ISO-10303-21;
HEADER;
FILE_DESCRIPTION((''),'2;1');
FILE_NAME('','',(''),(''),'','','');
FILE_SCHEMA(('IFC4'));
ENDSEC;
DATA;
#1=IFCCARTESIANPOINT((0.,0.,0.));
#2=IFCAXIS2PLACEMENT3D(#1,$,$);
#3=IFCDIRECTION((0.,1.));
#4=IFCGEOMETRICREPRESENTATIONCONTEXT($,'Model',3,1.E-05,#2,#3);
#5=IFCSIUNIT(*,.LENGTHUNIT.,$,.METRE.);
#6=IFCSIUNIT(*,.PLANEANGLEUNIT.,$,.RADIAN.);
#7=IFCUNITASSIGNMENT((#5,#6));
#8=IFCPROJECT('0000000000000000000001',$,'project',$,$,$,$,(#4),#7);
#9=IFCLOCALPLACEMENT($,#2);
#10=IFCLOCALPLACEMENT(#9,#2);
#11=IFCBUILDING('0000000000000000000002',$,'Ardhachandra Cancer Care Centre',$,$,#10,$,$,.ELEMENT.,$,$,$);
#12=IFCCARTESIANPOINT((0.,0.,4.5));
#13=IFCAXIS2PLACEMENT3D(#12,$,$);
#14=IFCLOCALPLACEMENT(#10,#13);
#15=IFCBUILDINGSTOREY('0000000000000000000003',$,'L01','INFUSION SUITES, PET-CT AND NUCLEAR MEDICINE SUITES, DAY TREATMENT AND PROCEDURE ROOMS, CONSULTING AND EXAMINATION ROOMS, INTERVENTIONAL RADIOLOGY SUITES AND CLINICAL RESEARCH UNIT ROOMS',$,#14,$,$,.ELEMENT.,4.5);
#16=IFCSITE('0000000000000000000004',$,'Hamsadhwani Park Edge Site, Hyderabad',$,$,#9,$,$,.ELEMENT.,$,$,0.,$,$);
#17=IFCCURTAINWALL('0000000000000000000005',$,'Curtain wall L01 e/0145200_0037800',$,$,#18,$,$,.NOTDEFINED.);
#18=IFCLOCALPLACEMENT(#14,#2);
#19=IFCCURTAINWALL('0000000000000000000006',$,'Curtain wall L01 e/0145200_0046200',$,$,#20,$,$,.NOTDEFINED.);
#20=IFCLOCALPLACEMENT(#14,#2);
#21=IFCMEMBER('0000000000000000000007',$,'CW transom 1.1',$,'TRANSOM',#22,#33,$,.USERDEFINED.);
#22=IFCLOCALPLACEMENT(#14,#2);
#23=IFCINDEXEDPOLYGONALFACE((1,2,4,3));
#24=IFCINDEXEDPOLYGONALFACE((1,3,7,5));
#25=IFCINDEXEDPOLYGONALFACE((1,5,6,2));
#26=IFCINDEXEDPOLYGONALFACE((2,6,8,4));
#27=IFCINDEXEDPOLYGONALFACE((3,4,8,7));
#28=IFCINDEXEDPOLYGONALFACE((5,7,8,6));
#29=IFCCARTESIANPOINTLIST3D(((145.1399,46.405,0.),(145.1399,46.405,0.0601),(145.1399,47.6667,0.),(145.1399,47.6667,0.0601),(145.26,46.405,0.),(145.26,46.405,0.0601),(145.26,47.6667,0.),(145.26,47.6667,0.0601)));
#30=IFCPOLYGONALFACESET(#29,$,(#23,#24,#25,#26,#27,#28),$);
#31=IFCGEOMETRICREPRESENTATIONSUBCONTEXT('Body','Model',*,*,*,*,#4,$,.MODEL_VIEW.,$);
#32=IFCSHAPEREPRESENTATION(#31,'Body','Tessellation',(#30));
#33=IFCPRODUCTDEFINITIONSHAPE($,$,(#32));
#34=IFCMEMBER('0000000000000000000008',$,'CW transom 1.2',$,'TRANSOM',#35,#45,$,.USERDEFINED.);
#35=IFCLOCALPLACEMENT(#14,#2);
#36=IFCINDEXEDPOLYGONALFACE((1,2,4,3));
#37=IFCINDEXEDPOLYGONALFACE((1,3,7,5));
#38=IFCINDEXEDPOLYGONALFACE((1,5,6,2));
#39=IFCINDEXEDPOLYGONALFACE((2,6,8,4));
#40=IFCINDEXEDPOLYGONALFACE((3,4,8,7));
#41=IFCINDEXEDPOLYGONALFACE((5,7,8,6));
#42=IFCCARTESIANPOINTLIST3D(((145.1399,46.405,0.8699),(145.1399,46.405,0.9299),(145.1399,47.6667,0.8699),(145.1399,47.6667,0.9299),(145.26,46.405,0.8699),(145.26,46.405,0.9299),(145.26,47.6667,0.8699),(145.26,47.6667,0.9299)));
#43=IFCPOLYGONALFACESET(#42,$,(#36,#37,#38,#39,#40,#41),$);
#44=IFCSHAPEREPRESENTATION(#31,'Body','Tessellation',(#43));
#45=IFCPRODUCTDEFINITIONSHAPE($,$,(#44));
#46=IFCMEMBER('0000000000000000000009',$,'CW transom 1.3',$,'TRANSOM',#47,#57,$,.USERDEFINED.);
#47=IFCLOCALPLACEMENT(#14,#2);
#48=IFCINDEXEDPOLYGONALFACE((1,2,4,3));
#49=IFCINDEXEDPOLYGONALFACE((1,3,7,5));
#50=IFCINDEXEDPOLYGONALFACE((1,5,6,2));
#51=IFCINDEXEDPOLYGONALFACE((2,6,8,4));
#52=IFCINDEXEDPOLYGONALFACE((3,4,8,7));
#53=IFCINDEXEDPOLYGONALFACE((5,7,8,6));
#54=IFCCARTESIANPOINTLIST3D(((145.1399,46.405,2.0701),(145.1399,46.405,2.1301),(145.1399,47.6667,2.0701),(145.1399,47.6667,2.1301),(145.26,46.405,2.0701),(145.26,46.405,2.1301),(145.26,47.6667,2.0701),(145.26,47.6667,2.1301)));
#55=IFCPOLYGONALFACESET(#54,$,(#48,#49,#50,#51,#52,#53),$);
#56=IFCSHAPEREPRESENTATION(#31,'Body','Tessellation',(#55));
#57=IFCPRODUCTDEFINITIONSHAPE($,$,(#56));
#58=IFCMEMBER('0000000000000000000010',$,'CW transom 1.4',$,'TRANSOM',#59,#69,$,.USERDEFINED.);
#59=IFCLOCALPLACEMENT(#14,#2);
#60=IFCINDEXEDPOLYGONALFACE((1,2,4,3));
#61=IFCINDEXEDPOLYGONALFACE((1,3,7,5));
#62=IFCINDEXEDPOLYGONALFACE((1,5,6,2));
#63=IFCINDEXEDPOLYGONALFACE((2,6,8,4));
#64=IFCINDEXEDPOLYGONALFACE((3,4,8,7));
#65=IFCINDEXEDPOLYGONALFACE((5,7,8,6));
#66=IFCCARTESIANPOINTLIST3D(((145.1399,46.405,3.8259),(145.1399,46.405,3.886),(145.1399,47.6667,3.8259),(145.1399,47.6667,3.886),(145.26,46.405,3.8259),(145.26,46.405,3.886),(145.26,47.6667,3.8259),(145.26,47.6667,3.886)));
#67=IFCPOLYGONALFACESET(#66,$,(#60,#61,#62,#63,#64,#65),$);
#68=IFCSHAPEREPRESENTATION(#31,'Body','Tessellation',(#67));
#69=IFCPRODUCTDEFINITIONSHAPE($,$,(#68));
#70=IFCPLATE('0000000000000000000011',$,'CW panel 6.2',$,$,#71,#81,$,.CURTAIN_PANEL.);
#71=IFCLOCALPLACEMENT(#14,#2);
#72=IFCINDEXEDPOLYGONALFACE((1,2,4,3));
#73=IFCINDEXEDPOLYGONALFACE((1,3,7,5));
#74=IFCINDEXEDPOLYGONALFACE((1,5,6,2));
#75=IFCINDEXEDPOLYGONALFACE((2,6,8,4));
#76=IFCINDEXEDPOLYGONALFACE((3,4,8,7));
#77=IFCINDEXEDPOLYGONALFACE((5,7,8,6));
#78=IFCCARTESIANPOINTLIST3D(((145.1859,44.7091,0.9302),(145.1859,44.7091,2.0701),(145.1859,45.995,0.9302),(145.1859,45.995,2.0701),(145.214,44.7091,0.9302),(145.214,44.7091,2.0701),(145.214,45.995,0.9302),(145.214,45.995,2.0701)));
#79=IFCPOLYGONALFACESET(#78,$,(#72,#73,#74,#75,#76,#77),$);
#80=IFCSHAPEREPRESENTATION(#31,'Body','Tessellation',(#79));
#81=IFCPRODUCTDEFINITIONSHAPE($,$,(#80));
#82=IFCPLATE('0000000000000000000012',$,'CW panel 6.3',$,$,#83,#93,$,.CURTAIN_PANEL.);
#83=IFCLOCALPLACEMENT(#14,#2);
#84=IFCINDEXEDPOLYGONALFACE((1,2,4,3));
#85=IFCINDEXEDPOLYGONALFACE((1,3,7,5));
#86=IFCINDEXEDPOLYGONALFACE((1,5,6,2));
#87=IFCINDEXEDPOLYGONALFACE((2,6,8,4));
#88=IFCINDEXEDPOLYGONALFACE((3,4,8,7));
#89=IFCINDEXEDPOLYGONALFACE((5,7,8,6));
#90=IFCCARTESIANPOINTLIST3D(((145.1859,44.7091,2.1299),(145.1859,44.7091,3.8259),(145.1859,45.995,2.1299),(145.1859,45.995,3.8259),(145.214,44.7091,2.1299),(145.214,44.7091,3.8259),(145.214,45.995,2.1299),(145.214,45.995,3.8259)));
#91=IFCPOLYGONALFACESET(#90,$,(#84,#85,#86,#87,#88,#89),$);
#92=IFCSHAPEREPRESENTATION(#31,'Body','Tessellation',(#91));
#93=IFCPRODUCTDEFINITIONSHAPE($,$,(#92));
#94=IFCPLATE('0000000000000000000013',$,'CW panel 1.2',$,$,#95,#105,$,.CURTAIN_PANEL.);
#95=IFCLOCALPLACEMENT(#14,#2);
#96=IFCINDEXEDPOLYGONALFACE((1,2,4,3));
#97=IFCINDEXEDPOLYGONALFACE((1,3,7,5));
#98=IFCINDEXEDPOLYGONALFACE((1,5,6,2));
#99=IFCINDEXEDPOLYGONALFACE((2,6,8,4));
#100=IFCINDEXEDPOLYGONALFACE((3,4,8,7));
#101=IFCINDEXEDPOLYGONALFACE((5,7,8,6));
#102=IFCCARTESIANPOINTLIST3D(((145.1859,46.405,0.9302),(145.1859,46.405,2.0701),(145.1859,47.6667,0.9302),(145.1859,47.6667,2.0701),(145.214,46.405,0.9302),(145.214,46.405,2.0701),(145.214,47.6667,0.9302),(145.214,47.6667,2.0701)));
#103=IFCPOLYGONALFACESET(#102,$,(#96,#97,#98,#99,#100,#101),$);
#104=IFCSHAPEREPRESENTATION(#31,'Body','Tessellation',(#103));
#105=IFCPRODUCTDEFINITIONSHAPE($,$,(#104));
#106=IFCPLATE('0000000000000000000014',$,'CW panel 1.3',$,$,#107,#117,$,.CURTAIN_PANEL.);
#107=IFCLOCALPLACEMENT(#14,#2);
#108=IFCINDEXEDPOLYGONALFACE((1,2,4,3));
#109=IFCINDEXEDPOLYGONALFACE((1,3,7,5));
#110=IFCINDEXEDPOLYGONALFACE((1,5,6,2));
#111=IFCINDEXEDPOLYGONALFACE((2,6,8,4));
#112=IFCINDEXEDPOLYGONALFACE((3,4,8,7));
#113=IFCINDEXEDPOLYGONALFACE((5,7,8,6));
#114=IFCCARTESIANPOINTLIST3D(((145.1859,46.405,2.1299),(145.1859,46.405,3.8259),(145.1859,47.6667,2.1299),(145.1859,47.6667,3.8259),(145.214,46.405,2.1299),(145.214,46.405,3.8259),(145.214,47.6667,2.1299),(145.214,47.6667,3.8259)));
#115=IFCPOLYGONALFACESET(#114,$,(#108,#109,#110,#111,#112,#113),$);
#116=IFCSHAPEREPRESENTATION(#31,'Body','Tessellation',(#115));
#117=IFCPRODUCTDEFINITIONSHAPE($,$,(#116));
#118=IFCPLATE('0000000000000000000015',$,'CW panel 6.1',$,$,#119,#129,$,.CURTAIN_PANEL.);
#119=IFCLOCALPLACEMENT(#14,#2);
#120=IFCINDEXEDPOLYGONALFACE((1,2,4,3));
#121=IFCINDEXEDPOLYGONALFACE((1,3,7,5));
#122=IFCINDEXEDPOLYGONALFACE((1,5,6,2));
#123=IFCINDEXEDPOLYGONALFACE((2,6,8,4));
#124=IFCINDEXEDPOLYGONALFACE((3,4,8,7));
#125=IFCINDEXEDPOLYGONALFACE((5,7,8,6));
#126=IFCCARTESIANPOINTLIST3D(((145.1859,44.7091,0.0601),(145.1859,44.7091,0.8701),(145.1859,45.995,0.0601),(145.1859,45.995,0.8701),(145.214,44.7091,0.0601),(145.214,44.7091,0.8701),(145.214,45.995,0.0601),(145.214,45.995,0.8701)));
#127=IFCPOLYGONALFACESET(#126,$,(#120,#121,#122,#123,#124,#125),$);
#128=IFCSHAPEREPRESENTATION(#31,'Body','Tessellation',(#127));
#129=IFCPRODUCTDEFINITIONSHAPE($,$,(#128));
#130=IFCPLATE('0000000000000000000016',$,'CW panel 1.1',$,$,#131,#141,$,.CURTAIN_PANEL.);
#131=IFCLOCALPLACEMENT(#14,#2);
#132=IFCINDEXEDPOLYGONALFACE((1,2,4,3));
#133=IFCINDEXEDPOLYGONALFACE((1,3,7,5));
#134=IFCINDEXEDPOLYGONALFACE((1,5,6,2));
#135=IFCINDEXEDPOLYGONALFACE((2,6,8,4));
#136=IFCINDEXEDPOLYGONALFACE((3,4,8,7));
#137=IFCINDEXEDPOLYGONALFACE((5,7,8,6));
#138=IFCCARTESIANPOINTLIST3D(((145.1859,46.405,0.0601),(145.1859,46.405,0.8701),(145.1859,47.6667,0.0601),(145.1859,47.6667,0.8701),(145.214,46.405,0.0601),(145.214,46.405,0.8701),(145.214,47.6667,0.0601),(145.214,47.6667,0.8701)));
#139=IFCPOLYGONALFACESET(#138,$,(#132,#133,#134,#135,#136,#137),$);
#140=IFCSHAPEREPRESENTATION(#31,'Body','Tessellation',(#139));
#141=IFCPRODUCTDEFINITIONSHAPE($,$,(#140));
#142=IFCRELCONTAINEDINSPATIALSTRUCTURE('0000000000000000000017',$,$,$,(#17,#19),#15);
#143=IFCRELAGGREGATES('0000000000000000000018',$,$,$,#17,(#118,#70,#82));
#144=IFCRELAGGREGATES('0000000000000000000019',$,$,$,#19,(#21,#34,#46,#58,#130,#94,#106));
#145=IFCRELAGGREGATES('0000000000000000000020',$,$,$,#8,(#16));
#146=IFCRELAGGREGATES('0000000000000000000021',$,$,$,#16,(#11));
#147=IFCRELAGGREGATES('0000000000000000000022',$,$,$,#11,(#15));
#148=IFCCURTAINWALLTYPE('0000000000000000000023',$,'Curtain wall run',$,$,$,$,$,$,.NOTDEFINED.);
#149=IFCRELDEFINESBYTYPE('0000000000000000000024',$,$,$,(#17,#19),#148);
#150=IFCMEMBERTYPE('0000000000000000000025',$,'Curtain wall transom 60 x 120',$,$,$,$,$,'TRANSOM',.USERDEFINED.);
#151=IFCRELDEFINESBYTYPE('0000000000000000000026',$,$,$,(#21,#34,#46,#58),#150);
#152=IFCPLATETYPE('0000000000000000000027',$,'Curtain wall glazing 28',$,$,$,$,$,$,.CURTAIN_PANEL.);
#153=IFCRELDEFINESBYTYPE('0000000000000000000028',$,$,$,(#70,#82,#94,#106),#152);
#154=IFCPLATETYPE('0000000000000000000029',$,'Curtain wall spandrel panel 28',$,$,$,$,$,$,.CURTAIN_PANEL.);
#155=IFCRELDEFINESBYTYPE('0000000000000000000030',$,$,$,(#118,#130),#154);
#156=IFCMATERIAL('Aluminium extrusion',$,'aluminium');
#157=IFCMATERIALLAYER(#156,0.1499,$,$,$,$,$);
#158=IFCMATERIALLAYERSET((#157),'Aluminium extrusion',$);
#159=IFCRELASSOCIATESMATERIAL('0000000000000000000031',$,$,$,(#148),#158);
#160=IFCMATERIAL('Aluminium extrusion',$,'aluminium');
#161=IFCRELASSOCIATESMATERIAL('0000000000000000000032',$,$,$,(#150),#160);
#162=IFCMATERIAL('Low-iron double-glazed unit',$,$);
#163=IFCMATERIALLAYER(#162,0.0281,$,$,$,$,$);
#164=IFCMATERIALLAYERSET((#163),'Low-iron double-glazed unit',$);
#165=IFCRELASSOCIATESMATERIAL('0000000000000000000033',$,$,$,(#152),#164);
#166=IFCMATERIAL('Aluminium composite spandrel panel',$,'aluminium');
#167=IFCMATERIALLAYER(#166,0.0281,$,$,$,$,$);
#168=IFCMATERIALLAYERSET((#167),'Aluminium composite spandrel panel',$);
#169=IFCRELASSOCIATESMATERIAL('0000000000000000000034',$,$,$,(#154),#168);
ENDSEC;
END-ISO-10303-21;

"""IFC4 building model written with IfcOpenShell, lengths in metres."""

from ifc_helpers import new_model, si_unit, direction, frame, origin, origin_2d, place, context, subcontext, project, spatial, rectangle, extrude, material, layer, layer_set, material_profile, profile_set, type_object, element, aggregate, save


model = new_model("IFC4")

# Units and contexts
model_context = context("Model", 3, precision=1e-05, world=origin(), true_north=direction((0.0, 1.0)))
body_context = subcontext(model_context, "Body", "Model", "MODEL_VIEW")
ifc_project = project(units=[si_unit("LENGTHUNIT", "METRE"), si_unit("PLANEANGLEUNIT", "RADIAN")], contexts=[model_context])

# Site, building, storey
site_placement = place(None, origin())
site = spatial("IfcSite", under=ifc_project, at=site_placement, Name="Hamsadhwani Park Edge Site, Hyderabad", CompositionType="ELEMENT", RefElevation=0.0)
building_placement = place(site_placement, origin())
building = spatial("IfcBuilding", under=site, at=building_placement, Name="Ardhachandra Cancer Care Centre", CompositionType="ELEMENT")
storey_placement = place(building_placement, frame((0.0, 0.0, 4.5)))
storey = spatial("IfcBuildingStorey", under=building, at=storey_placement, Name="L01", Description="INFUSION SUITES, PET-CT AND NUCLEAR MEDICINE SUITES, DAY TREATMENT AND PROCEDURE ROOMS, CONSULTING AND EXAMINATION ROOMS, INTERVENTIONAL RADIOLOGY SUITES AND CLINICAL RESEARCH UNIT ROOMS", CompositionType="ELEMENT", Elevation=4.5)

# Curtain wall
ifc_material_1 = material(Name="Aluminium extrusion", Category="aluminium")
ifc_layer_1 = layer(ifc_material_1, 0.1499)
ifc_layer_set_1 = layer_set([ifc_layer_1], Name="Aluminium extrusion")
curtain_wall_type = type_object("IfcCurtainWallType", Name="Curtain wall run", PredefinedType="NOTDEFINED", material=ifc_layer_set_1)
curtain_wall_1_placement = place(storey_placement, origin())
curtain_wall_1 = element("IfcCurtainWall", 1, at=curtain_wall_1_placement, inside=storey, type_object=curtain_wall_type, Name="Curtain wall L01 e/0145200_0037800", PredefinedType="NOTDEFINED")

# Curtain wall
curtain_wall_2_placement = place(storey_placement, origin())
curtain_wall_2 = element("IfcCurtainWall", 2, at=curtain_wall_2_placement, inside=storey, type_object=curtain_wall_type, Name="Curtain wall L01 e/0145200_0046200", PredefinedType="NOTDEFINED")

# Members
ifc_material_2 = material(Name="Aluminium extrusion", Category="aluminium")
ifc_material_profile_1 = material_profile(ifc_material_2, rectangle(XDim=0.1201, YDim=0.0601, at=origin_2d()), Name="Curtain wall transom 60 x 120")
ifc_profile_set_1 = profile_set([ifc_material_profile_1], Name="Aluminium extrusion")
member_type_1 = type_object("IfcMemberType", Name="Curtain wall transom 60 x 120", ElementType="TRANSOM", PredefinedType="USERDEFINED", material=ifc_profile_set_1)
member_1_placement = place(storey_placement, frame((145.2, 46.405, 0.03), z_axis=(0.0, 1.0, 0.0), x_axis=(-1.0, 0.0, 0.0)))
member_1 = element("IfcMember", 3, at=member_1_placement, type_object=member_type_1, Name="CW transom 1.1", ObjectType="TRANSOM", PredefinedType="USERDEFINED", context=body_context, shape_type="SweptSolid", body=[
    extrude(rectangle(XDim=0.1201, YDim=0.0601, at=origin_2d()), origin(), (0.0, 0.0, 1.0), 1.2617),
])
member_2_placement = place(storey_placement, frame((145.2, 46.405, 0.8999), z_axis=(0.0, 1.0, 0.0), x_axis=(-1.0, 0.0, 0.0)))
member_2 = element("IfcMember", 4, at=member_2_placement, type_object=member_type_1, Name="CW transom 1.2", ObjectType="TRANSOM", PredefinedType="USERDEFINED", context=body_context, shape_type="SweptSolid", body=[
    extrude(rectangle(XDim=0.1201, YDim=0.0601, at=origin_2d()), origin(), (0.0, 0.0, 1.0), 1.2617),
])
member_3_placement = place(storey_placement, frame((145.2, 46.405, 2.1001), z_axis=(0.0, 1.0, 0.0), x_axis=(-1.0, 0.0, 0.0)))
member_3 = element("IfcMember", 5, at=member_3_placement, type_object=member_type_1, Name="CW transom 1.3", ObjectType="TRANSOM", PredefinedType="USERDEFINED", context=body_context, shape_type="SweptSolid", body=[
    extrude(rectangle(XDim=0.1201, YDim=0.0601, at=origin_2d()), origin(), (0.0, 0.0, 1.0), 1.2617),
])
member_4_placement = place(storey_placement, frame((145.2, 46.405, 3.856), z_axis=(0.0, 1.0, 0.0), x_axis=(-1.0, 0.0, 0.0)))
member_4 = element("IfcMember", 6, at=member_4_placement, type_object=member_type_1, Name="CW transom 1.4", ObjectType="TRANSOM", PredefinedType="USERDEFINED", context=body_context, shape_type="SweptSolid", body=[
    extrude(rectangle(XDim=0.1201, YDim=0.0601, at=origin_2d()), origin(), (0.0, 0.0, 1.0), 1.2617),
])

# Plates
ifc_material_3 = material(Name="Low-iron double-glazed unit")
ifc_layer_2 = layer(ifc_material_3, 0.0281)
ifc_layer_set_2 = layer_set([ifc_layer_2], Name="Low-iron double-glazed unit")
plate_type_1 = type_object("IfcPlateType", Name="Curtain wall glazing 28", PredefinedType="CURTAIN_PANEL", material=ifc_layer_set_2)
plate_1_placement = place(storey_placement, frame((145.2, 45.3521, 0.9302), z_axis=(0.0, 0.0, 1.0), x_axis=(0.0, 1.0, 0.0)))
plate_1 = element("IfcPlate", 7, at=plate_1_placement, type_object=plate_type_1, Name="CW panel 6.2", PredefinedType="CURTAIN_PANEL", context=body_context, shape_type="SweptSolid", body=[
    extrude(rectangle(XDim=1.2859, YDim=0.0281, at=origin_2d()), origin(), (0.0, 0.0, 1.0), 1.1399),
])
plate_2_placement = place(storey_placement, frame((145.2, 45.3521, 2.1299), z_axis=(0.0, 0.0, 1.0), x_axis=(0.0, 1.0, 0.0)))
plate_2 = element("IfcPlate", 8, at=plate_2_placement, type_object=plate_type_1, Name="CW panel 6.3", PredefinedType="CURTAIN_PANEL", context=body_context, shape_type="SweptSolid", body=[
    extrude(rectangle(XDim=1.2859, YDim=0.0281, at=origin_2d()), origin(), (0.0, 0.0, 1.0), 1.696),
])
plate_3_placement = place(storey_placement, frame((145.2, 47.0359, 0.9302), z_axis=(0.0, 0.0, 1.0), x_axis=(0.0, 1.0, 0.0)))
plate_3 = element("IfcPlate", 9, at=plate_3_placement, type_object=plate_type_1, Name="CW panel 1.2", PredefinedType="CURTAIN_PANEL", context=body_context, shape_type="SweptSolid", body=[
    extrude(rectangle(XDim=1.2617, YDim=0.0281, at=origin_2d()), origin(), (0.0, 0.0, 1.0), 1.1399),
])
plate_4_placement = place(storey_placement, frame((145.2, 47.0359, 2.1299), z_axis=(0.0, 0.0, 1.0), x_axis=(0.0, 1.0, 0.0)))
plate_4 = element("IfcPlate", 10, at=plate_4_placement, type_object=plate_type_1, Name="CW panel 1.3", PredefinedType="CURTAIN_PANEL", context=body_context, shape_type="SweptSolid", body=[
    extrude(rectangle(XDim=1.2617, YDim=0.0281, at=origin_2d()), origin(), (0.0, 0.0, 1.0), 1.696),
])
ifc_material_4 = material(Name="Aluminium composite spandrel panel", Category="aluminium")
ifc_layer_3 = layer(ifc_material_4, 0.0281)
ifc_layer_set_3 = layer_set([ifc_layer_3], Name="Aluminium composite spandrel panel")
plate_type_2 = type_object("IfcPlateType", Name="Curtain wall spandrel panel 28", PredefinedType="CURTAIN_PANEL", material=ifc_layer_set_3)
plate_5_placement = place(storey_placement, frame((145.2, 45.3521, 0.0601), z_axis=(0.0, 0.0, 1.0), x_axis=(0.0, 1.0, 0.0)))
plate_5 = element("IfcPlate", 11, at=plate_5_placement, type_object=plate_type_2, Name="CW panel 6.1", PredefinedType="CURTAIN_PANEL", context=body_context, shape_type="SweptSolid", body=[
    extrude(rectangle(XDim=1.2859, YDim=0.0281, at=origin_2d()), origin(), (0.0, 0.0, 1.0), 0.8101),
])
aggregate(curtain_wall_1, [plate_5, plate_1, plate_2])
plate_6_placement = place(storey_placement, frame((145.2, 47.0359, 0.0601), z_axis=(0.0, 0.0, 1.0), x_axis=(0.0, 1.0, 0.0)))
plate_6 = element("IfcPlate", 12, at=plate_6_placement, type_object=plate_type_2, Name="CW panel 1.1", PredefinedType="CURTAIN_PANEL", context=body_context, shape_type="SweptSolid", body=[
    extrude(rectangle(XDim=1.2617, YDim=0.0281, at=origin_2d()), origin(), (0.0, 0.0, 1.0), 0.8101),
])
aggregate(curtain_wall_2, [member_1, member_2, member_3, member_4, plate_6, plate_3, plate_4])

save(model, "model.ifc")
